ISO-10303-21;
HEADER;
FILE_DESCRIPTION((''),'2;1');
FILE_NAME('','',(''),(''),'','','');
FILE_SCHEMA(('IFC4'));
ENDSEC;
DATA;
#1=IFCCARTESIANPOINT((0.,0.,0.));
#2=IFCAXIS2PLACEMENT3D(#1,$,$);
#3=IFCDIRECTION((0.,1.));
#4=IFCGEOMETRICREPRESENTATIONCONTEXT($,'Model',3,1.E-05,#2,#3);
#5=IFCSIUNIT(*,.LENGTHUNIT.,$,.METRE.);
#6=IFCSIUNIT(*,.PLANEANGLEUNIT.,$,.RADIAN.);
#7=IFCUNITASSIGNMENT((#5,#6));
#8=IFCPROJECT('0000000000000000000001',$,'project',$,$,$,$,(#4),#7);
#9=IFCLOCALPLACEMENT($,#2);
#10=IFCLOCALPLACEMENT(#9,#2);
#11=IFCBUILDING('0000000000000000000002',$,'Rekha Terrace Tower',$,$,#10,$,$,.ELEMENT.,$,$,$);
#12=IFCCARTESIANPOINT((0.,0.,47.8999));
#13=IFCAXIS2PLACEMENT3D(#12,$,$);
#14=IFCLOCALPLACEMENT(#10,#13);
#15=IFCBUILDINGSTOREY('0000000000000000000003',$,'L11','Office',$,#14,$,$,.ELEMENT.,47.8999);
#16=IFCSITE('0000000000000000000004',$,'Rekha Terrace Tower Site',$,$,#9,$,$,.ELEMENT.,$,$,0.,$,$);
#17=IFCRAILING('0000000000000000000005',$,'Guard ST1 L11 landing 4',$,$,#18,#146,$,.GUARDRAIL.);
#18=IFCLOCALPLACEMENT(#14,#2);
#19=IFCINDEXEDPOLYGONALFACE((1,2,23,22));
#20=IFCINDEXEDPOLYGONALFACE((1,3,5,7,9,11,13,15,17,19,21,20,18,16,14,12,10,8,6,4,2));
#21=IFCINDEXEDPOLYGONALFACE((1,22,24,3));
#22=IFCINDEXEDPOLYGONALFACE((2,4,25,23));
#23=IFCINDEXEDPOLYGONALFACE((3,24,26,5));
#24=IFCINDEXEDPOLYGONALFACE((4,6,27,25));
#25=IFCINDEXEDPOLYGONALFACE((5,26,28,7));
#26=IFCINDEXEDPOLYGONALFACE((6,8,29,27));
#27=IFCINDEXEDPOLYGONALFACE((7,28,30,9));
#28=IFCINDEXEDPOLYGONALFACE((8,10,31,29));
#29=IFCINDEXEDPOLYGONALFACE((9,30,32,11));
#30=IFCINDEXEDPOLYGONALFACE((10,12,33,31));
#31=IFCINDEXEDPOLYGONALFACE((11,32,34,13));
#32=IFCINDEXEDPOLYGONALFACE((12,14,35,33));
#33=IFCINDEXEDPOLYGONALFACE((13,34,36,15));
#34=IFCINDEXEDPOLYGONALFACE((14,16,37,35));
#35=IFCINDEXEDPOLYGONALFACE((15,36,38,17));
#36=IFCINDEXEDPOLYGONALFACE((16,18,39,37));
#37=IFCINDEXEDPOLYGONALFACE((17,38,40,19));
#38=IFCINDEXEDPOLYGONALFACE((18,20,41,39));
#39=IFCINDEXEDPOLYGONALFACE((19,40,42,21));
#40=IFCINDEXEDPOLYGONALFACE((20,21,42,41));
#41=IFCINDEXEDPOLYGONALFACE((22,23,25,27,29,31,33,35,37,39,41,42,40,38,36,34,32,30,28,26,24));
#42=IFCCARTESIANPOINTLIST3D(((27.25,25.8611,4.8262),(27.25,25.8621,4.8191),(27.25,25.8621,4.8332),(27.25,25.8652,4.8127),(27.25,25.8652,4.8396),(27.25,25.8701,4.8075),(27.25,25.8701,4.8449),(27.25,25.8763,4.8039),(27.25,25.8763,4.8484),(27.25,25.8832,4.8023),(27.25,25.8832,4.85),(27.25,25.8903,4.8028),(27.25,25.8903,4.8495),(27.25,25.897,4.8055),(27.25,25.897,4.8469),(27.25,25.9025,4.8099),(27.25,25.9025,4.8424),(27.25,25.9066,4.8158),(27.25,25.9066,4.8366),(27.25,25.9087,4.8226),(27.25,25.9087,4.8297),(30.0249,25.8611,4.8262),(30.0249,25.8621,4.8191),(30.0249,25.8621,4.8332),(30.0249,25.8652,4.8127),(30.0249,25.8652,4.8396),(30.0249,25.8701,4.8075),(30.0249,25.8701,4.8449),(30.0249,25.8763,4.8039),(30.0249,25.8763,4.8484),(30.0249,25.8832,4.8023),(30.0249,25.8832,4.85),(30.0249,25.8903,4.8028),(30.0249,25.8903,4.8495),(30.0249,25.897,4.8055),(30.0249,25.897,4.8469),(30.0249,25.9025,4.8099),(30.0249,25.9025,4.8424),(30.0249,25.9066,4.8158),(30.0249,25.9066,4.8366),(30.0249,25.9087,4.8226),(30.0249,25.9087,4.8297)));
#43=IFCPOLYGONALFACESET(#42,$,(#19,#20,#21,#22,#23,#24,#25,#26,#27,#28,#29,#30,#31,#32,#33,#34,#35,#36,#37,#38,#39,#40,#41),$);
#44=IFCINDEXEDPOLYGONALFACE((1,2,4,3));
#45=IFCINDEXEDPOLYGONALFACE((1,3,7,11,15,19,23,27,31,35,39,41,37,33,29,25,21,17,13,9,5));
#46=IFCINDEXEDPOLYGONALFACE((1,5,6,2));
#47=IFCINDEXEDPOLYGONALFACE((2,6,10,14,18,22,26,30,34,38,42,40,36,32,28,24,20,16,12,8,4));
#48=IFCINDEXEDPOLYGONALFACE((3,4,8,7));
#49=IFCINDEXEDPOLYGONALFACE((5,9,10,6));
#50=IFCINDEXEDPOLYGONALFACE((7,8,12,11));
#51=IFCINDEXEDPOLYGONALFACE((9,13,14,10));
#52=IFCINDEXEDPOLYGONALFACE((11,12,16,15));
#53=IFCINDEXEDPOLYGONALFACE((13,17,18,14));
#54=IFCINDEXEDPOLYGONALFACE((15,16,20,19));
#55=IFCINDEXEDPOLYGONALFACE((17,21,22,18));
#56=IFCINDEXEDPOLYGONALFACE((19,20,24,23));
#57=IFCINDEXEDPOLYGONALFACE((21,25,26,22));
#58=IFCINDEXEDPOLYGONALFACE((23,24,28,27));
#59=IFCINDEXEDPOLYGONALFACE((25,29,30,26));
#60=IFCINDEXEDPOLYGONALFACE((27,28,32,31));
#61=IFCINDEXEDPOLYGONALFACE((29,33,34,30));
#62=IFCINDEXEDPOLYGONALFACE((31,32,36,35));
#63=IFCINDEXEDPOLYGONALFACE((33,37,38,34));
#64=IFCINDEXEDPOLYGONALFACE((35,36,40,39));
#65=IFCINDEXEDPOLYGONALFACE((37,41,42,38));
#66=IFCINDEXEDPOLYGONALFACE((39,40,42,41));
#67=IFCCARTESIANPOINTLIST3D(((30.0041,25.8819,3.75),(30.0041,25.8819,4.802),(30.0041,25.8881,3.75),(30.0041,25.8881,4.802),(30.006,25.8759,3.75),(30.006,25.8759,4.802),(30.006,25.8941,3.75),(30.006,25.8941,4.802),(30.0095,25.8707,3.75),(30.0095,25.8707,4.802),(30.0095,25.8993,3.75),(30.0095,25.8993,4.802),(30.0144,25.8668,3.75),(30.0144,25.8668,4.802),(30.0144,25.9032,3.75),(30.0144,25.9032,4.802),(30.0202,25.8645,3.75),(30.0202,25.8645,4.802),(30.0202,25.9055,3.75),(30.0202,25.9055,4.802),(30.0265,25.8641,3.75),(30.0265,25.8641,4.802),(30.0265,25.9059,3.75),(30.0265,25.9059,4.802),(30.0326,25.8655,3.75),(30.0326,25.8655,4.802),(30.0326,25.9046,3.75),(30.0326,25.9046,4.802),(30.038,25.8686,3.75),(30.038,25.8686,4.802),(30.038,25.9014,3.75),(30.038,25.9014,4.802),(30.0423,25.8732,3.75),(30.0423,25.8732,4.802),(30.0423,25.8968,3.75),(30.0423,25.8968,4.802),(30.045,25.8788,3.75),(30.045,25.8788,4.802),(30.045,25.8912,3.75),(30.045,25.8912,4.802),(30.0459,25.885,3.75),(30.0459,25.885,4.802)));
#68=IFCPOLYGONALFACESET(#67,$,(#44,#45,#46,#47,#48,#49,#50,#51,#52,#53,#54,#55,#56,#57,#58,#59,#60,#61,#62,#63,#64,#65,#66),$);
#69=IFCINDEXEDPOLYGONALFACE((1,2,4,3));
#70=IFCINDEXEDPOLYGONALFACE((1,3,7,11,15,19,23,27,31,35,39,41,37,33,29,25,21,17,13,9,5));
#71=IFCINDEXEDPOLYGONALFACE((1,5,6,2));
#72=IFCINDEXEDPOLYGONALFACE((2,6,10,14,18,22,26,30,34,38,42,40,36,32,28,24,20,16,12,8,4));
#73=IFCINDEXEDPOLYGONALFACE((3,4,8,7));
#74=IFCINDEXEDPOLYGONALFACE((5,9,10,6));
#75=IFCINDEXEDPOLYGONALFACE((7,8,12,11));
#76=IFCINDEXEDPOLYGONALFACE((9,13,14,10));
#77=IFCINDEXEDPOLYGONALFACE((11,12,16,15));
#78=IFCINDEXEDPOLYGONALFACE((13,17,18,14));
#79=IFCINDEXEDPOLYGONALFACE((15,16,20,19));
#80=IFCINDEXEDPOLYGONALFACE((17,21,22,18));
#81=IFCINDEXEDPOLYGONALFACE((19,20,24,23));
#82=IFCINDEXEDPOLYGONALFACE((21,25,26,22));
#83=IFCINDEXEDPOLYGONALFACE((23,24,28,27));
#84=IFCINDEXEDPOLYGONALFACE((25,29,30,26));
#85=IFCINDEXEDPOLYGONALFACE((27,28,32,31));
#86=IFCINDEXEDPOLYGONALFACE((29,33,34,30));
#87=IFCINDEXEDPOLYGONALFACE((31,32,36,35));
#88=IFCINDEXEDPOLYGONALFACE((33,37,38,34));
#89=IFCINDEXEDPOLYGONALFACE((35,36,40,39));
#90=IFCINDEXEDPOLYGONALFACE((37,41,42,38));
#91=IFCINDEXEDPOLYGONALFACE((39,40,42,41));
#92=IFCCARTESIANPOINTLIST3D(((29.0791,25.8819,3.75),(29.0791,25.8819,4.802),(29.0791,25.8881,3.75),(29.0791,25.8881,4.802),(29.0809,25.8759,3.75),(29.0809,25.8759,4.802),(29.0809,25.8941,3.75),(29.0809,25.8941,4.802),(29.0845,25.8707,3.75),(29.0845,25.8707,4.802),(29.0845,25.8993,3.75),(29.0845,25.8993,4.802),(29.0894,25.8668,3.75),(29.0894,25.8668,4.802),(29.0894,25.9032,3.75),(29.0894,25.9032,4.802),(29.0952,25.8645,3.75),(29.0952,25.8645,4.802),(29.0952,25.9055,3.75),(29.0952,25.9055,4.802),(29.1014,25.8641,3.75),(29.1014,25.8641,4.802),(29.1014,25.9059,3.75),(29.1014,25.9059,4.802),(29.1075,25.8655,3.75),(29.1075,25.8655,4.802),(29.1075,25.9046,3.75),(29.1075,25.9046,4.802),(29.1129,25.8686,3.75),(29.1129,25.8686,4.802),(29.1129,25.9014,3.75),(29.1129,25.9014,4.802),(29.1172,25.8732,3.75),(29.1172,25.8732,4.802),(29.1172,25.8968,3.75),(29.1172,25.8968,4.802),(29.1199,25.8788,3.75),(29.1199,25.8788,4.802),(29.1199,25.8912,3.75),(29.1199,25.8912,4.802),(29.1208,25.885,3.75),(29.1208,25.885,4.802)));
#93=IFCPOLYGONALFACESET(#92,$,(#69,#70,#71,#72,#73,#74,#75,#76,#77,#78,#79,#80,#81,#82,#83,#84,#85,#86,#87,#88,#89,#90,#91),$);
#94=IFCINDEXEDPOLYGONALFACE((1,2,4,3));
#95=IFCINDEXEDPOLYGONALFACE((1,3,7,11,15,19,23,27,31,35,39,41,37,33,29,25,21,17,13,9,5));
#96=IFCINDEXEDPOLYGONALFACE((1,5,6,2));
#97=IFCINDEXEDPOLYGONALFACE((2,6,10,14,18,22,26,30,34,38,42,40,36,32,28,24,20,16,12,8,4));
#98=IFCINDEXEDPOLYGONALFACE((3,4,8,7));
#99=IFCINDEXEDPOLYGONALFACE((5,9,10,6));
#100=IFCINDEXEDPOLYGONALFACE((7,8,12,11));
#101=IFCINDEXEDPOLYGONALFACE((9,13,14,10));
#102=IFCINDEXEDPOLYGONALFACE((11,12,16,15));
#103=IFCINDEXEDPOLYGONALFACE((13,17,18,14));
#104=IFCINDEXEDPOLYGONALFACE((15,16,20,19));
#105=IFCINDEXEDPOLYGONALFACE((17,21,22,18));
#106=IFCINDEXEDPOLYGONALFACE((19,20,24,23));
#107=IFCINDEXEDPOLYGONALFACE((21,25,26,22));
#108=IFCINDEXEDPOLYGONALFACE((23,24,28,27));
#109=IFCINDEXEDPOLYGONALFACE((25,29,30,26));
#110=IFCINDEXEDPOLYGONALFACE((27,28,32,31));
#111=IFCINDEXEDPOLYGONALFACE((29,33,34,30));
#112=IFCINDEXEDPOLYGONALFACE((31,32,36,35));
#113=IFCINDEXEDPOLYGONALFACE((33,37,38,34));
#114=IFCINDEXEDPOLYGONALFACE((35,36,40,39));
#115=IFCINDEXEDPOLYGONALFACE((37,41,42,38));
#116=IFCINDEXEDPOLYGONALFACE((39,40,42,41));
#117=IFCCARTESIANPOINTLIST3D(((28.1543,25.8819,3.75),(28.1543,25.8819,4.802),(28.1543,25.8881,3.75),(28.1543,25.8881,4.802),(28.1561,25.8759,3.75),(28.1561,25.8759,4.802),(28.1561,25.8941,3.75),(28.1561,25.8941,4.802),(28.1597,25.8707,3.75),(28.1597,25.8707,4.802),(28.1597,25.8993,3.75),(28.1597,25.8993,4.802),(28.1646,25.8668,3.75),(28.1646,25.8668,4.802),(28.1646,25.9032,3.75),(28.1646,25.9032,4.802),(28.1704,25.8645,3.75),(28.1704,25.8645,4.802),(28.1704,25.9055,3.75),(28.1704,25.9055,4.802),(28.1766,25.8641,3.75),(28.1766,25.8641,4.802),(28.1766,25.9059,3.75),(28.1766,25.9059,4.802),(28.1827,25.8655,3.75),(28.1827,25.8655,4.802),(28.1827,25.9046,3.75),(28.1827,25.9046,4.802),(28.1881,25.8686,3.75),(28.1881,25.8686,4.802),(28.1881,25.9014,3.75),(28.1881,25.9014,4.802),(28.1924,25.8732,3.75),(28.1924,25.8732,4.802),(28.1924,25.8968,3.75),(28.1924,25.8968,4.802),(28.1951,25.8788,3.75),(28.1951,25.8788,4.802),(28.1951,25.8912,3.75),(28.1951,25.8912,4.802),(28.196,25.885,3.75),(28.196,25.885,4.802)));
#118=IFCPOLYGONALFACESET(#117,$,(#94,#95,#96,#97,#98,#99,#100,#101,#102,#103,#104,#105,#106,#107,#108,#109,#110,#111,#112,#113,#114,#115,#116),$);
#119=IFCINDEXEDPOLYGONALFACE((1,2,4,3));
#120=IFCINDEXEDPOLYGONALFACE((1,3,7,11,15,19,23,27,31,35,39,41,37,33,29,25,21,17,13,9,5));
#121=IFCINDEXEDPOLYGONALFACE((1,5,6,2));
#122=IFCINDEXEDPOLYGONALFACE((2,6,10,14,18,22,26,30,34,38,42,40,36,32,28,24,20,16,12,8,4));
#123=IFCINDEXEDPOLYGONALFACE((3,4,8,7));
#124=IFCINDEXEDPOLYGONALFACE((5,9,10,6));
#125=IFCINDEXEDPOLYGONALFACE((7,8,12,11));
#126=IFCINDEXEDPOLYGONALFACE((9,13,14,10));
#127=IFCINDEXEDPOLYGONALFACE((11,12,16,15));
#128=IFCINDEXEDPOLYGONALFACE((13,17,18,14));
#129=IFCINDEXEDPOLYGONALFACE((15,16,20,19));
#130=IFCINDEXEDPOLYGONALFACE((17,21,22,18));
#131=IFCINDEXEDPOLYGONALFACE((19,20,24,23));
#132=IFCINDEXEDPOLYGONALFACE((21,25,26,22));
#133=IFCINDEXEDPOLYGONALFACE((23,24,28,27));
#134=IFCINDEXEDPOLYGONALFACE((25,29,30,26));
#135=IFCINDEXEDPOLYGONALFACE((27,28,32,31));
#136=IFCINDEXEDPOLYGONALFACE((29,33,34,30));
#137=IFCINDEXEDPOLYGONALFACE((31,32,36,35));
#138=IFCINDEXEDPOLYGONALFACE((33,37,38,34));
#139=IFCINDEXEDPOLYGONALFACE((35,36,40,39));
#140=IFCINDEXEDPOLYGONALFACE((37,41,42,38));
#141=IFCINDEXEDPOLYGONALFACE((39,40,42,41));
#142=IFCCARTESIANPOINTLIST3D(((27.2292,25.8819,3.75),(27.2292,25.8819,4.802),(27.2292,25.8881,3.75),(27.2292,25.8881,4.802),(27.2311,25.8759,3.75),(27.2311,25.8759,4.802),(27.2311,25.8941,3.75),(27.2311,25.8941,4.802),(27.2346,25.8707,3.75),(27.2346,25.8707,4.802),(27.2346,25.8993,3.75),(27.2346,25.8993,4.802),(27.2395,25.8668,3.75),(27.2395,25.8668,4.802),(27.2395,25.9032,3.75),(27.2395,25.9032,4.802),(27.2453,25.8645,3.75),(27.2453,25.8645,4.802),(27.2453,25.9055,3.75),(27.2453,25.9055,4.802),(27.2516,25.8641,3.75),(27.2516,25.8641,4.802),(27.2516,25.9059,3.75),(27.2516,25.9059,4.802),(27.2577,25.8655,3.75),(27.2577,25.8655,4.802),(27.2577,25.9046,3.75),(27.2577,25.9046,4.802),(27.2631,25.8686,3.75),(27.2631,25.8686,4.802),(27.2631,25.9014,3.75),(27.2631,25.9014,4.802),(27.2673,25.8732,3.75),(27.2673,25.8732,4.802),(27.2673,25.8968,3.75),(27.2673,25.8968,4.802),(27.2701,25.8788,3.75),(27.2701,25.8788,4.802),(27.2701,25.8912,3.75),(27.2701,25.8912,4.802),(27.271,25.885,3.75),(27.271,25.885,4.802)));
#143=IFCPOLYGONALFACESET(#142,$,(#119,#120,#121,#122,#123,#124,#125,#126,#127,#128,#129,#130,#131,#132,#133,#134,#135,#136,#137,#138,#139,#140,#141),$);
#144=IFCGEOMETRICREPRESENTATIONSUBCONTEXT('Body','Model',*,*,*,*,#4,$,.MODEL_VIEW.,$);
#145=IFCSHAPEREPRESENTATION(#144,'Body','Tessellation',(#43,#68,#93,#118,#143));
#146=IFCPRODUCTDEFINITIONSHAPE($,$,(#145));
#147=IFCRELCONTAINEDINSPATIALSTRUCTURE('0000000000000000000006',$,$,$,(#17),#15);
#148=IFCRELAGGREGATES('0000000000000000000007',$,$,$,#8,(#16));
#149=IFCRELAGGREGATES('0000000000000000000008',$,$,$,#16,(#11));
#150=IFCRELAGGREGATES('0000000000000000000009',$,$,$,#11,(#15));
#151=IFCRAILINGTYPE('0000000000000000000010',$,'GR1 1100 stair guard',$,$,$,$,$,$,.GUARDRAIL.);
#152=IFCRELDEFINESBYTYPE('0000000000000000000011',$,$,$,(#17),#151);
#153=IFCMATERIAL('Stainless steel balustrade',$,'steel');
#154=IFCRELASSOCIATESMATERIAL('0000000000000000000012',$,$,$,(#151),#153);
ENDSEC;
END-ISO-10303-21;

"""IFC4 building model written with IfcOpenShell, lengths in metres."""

from ifc_helpers import new_model, si_unit, direction, frame, origin, origin_2d, place, context, subcontext, project, spatial, circle, extrude, material, type_object, element, save


model = new_model("IFC4")

# Units and contexts
model_context = context("Model", 3, precision=1e-05, world=origin(), true_north=direction((0.0, 1.0)))
body_context = subcontext(model_context, "Body", "Model", "MODEL_VIEW")
ifc_project = project(units=[si_unit("LENGTHUNIT", "METRE"), si_unit("PLANEANGLEUNIT", "RADIAN")], contexts=[model_context])

# Site, building, storey
site_placement = place(None, origin())
site = spatial("IfcSite", under=ifc_project, at=site_placement, Name="Rekha Terrace Tower Site", CompositionType="ELEMENT", RefElevation=0.0)
building_placement = place(site_placement, origin())
building = spatial("IfcBuilding", under=site, at=building_placement, Name="Rekha Terrace Tower", CompositionType="ELEMENT")
storey_placement = place(building_placement, frame((0.0, 0.0, 47.8999)))
storey = spatial("IfcBuildingStorey", under=building, at=storey_placement, Name="L11", Description="Office", CompositionType="ELEMENT", Elevation=47.8999)

# Railing
ifc_material_1 = material(Name="Stainless steel balustrade", Category="steel")
railing_type_1 = type_object("IfcRailingType", Name="GR1 1100 stair guard", PredefinedType="GUARDRAIL", material=ifc_material_1)
railing_1_placement = place(storey_placement, frame((30.0249, 25.885, 3.75)))
element("IfcRailing", 1, at=railing_1_placement, inside=storey, type_object=railing_type_1, Name="Guard ST1 L11 landing 4", PredefinedType="GUARDRAIL", context=body_context, shape_type="SweptSolid", body=[
    extrude(circle(Radius=0.0239, at=origin_2d()), frame((0.0, 0.0, 1.0762), z_axis=(-1.0, 0.0, 0.0), x_axis=(0.0, -1.0, 0.0)), (0.0, 0.0, 1.0), 2.7749),
    extrude(circle(Radius=0.021, at=origin_2d()), origin(), (0.0, 0.0, 1.0), 1.052),
    extrude(circle(Radius=0.021, at=origin_2d()), frame((-0.925, 0.0, 0.0)), (0.0, 0.0, 1.0), 1.052),
    extrude(circle(Radius=0.021, at=origin_2d()), frame((-1.8499, 0.0, 0.0)), (0.0, 0.0, 1.0), 1.052),
    extrude(circle(Radius=0.021, at=origin_2d()), frame((-2.7749, 0.0, 0.0)), (0.0, 0.0, 1.0), 1.052),
])

save(model, "model.ifc")
